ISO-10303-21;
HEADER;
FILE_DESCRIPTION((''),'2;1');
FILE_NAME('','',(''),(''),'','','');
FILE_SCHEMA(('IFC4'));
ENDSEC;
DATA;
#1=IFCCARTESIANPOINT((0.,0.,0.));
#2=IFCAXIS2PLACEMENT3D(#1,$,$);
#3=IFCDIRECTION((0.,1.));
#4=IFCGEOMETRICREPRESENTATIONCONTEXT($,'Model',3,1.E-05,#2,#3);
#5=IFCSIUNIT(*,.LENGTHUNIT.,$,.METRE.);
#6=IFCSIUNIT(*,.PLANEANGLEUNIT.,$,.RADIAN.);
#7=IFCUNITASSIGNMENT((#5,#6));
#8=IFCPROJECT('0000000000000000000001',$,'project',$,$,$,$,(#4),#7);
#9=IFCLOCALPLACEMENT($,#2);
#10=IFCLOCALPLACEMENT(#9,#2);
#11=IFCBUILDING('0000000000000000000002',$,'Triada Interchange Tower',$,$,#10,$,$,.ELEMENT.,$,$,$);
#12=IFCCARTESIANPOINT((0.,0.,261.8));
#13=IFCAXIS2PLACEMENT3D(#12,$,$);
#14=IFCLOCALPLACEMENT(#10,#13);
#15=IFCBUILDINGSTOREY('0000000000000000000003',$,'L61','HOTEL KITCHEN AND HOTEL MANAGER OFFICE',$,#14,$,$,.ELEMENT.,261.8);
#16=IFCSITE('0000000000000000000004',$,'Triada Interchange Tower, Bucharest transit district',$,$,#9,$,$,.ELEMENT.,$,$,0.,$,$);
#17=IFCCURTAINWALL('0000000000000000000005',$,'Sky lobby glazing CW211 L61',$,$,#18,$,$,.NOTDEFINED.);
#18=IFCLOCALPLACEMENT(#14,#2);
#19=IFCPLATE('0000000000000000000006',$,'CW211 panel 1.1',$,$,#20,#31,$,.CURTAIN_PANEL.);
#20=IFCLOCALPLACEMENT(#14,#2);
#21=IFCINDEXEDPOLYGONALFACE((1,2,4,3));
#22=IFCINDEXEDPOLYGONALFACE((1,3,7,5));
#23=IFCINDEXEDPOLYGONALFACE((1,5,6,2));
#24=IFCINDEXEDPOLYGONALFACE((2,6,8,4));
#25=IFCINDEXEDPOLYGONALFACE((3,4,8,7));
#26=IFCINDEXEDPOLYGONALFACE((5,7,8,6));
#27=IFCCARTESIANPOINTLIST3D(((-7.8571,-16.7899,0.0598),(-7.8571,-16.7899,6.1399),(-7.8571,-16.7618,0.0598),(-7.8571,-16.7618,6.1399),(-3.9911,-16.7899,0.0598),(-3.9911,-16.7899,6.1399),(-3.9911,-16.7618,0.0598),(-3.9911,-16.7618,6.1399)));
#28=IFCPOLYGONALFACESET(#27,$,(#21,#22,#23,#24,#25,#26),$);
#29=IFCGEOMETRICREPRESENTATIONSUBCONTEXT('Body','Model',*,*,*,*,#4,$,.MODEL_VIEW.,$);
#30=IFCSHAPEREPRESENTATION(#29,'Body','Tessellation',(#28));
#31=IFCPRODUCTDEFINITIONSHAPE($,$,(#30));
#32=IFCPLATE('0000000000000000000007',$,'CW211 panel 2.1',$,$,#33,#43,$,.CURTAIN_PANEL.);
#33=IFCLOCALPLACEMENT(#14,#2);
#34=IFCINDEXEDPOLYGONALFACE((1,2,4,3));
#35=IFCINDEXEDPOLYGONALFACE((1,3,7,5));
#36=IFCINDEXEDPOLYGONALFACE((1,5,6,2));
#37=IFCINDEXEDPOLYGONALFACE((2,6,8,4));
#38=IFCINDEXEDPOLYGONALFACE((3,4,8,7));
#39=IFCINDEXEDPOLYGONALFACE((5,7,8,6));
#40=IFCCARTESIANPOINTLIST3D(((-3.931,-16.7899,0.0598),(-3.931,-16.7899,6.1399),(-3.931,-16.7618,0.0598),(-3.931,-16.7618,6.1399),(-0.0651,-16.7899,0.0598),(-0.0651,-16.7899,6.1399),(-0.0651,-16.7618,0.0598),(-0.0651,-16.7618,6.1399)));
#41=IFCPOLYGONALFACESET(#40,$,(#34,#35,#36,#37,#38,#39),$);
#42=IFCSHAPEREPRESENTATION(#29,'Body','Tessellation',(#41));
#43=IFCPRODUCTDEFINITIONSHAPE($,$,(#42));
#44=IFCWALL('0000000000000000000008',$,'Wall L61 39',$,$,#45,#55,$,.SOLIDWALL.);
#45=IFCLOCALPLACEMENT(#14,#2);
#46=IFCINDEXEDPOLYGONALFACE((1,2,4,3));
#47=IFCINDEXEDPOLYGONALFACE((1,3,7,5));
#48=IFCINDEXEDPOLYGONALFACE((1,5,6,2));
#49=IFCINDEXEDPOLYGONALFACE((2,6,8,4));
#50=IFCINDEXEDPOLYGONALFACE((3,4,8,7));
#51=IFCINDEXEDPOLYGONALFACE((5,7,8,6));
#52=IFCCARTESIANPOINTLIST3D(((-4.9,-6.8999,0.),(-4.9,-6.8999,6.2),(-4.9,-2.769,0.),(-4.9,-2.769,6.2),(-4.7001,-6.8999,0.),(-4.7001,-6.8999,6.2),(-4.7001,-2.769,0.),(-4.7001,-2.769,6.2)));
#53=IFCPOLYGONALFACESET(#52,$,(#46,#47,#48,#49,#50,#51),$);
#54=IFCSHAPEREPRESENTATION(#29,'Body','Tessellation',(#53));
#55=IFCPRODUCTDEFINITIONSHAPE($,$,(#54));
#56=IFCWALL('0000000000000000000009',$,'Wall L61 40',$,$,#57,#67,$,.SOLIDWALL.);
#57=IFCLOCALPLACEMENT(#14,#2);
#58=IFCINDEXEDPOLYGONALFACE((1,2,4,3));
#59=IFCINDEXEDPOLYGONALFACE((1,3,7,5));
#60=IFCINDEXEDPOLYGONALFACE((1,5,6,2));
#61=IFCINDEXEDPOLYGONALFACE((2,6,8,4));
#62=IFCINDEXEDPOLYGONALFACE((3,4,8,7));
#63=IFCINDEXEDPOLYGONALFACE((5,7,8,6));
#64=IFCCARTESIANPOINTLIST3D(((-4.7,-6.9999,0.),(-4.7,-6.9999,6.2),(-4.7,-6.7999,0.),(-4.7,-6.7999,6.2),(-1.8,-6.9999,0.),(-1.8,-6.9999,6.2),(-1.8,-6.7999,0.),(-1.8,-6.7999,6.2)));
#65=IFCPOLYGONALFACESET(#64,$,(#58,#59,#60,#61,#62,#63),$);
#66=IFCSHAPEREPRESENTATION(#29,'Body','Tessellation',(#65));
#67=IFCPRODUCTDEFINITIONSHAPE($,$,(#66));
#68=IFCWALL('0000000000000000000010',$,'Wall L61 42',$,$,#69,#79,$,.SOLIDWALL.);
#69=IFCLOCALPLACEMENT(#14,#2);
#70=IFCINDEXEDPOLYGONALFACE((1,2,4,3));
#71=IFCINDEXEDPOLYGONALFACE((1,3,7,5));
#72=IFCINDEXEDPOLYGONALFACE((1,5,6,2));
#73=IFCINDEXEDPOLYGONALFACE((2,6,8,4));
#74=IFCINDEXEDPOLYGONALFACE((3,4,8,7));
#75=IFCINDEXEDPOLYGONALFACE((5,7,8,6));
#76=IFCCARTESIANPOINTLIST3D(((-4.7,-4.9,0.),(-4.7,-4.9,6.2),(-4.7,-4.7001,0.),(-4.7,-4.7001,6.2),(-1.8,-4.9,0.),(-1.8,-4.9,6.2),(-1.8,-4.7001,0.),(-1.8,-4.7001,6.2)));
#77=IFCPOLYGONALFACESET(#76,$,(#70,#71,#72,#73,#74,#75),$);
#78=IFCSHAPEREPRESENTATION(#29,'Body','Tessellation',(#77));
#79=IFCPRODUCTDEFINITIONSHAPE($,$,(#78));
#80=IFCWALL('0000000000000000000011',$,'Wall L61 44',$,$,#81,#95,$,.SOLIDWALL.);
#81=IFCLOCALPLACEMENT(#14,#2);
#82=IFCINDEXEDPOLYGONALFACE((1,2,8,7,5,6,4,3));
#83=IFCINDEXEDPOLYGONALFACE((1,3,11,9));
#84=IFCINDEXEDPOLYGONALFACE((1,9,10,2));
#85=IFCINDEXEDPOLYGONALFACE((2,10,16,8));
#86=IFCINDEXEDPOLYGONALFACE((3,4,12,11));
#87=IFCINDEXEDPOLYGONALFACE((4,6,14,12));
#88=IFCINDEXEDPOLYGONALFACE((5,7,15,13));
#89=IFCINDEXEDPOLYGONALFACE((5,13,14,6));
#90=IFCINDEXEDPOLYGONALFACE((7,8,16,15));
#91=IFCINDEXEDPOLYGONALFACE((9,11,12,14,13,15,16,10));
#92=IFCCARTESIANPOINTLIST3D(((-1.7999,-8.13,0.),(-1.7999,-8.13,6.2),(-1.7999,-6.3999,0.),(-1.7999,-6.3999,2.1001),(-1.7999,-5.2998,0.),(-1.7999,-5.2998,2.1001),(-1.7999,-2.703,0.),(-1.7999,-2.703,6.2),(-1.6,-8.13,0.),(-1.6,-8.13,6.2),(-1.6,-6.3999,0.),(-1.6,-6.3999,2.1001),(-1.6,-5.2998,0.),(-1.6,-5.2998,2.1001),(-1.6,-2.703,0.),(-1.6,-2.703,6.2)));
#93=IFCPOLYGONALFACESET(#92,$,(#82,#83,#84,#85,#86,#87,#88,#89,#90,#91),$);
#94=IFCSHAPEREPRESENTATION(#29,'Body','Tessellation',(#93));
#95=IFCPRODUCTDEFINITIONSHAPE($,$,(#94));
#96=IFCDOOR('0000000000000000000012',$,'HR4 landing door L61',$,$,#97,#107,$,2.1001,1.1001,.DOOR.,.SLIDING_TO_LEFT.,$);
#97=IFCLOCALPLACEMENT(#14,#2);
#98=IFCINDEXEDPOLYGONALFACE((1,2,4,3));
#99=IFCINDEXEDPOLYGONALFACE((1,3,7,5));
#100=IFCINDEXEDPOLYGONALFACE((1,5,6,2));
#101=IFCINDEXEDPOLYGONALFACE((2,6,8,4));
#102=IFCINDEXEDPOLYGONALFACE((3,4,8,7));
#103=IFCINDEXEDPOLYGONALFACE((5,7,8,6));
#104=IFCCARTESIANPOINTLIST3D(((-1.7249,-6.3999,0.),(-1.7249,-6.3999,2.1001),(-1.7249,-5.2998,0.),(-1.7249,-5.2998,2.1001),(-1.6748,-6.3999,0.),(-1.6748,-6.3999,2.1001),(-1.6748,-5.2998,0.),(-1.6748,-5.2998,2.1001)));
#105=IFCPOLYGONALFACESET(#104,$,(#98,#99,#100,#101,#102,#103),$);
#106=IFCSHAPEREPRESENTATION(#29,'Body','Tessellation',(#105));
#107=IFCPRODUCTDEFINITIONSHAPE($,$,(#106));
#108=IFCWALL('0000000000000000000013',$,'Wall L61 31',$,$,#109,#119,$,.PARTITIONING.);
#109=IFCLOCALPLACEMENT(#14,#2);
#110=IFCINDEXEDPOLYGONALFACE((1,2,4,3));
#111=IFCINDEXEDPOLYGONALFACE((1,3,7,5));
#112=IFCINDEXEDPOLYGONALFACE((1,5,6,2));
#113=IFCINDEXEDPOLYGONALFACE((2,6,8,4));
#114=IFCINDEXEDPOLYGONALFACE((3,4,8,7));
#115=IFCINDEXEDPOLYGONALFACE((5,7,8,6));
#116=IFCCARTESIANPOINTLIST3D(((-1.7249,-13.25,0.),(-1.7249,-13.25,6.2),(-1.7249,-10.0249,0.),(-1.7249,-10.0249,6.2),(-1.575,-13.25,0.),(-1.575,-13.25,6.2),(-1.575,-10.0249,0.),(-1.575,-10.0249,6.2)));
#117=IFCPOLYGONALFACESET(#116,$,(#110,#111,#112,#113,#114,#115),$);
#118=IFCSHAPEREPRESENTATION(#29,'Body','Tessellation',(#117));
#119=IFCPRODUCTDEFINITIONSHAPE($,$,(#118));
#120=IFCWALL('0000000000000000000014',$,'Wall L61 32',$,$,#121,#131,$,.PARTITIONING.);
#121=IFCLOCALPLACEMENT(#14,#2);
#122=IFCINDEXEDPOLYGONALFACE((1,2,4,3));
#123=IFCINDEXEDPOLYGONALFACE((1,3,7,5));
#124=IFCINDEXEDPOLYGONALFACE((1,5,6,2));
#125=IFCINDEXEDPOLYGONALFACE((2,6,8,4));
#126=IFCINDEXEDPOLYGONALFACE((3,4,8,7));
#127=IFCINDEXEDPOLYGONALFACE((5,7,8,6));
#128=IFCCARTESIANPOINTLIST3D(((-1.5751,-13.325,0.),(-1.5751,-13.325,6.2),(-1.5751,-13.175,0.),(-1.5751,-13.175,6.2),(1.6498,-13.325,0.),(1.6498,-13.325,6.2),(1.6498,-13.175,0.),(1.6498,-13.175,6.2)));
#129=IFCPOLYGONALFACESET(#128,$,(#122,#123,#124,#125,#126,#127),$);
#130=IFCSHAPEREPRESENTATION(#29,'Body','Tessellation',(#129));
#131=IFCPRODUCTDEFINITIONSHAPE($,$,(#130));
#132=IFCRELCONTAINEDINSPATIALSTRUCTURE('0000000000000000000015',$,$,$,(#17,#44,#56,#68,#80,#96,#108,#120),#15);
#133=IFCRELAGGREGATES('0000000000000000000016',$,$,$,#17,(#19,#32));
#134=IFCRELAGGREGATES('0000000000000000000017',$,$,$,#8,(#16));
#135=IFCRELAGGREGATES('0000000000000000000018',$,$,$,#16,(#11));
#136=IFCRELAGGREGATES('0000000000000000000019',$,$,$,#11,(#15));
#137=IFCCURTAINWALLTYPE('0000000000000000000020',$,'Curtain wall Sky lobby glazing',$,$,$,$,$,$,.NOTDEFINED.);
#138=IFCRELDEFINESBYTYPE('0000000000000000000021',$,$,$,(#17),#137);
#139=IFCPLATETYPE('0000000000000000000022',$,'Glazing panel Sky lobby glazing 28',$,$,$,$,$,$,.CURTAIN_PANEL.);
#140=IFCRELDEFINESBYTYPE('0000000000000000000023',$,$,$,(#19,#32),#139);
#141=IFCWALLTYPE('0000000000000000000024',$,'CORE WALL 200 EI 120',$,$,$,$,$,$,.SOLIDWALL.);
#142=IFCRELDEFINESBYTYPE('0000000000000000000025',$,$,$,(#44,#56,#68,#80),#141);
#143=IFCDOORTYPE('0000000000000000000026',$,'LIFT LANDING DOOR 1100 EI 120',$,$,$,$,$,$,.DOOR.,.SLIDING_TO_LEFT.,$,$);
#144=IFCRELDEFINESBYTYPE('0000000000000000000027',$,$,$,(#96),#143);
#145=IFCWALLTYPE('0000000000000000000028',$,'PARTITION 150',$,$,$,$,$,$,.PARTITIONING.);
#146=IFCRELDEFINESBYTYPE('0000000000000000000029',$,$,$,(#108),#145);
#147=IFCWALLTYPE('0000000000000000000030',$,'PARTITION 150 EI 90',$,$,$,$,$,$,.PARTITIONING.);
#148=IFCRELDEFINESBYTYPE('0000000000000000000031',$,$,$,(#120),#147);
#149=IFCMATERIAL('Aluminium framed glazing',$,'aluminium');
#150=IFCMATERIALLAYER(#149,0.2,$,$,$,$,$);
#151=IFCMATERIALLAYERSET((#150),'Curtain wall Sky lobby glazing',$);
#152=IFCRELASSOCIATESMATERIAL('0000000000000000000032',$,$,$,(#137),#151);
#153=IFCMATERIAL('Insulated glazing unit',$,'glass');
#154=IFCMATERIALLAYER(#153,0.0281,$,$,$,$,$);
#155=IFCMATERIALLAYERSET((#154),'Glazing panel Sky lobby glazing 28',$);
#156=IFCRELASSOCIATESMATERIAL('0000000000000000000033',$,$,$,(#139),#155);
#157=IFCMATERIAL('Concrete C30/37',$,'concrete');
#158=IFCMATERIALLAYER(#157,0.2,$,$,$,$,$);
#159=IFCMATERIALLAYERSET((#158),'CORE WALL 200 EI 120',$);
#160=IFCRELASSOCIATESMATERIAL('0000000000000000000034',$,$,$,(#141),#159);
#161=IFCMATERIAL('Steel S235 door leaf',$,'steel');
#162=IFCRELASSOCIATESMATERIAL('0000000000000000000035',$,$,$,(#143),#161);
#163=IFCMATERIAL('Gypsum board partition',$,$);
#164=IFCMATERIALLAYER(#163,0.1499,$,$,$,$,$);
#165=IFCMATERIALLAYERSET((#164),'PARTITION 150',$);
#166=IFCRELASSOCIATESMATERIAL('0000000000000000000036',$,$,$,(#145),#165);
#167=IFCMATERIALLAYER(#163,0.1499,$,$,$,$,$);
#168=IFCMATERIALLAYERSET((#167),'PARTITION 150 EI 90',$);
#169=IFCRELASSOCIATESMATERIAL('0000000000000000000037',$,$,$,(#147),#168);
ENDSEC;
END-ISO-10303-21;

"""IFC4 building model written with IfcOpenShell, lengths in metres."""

from ifc_helpers import new_model, si_unit, direction, frame, frame_2d, origin, origin_2d, place, context, subcontext, project, spatial, rectangle, extrude, material, layer, layer_set, type_object, element, fill, aggregate, save


model = new_model("IFC4")

# Units and contexts
model_context = context("Model", 3, precision=1e-05, world=origin(), true_north=direction((0.0, 1.0)))
body_context = subcontext(model_context, "Body", "Model", "MODEL_VIEW")
ifc_project = project(units=[si_unit("LENGTHUNIT", "METRE"), si_unit("PLANEANGLEUNIT", "RADIAN")], contexts=[model_context])

# Site, building, storey
site_placement = place(None, origin())
site = spatial("IfcSite", under=ifc_project, at=site_placement, Name="Triada Interchange Tower, Bucharest transit district", CompositionType="ELEMENT", RefElevation=0.0)
building_placement = place(site_placement, origin())
building = spatial("IfcBuilding", under=site, at=building_placement, Name="Triada Interchange Tower", CompositionType="ELEMENT")
storey_placement = place(building_placement, frame((0.0, 0.0, 261.8)))
storey = spatial("IfcBuildingStorey", under=building, at=storey_placement, Name="L61", Description="HOTEL KITCHEN AND HOTEL MANAGER OFFICE", CompositionType="ELEMENT", Elevation=261.8)

# Shared definitions
ifc_material_1 = material(Name="Aluminium framed glazing", Category="aluminium")
ifc_layer_1 = layer(ifc_material_1, 0.2)
ifc_layer_set_1 = layer_set([ifc_layer_1], Name="Curtain wall Sky lobby glazing")
curtain_wall_type = type_object("IfcCurtainWallType", Name="Curtain wall Sky lobby glazing", PredefinedType="NOTDEFINED", material=ifc_layer_set_1)

# Curtain wall
curtain_wall_1_placement = place(storey_placement, origin())
curtain_wall_1 = element("IfcCurtainWall", 1, at=curtain_wall_1_placement, inside=storey, type_object=curtain_wall_type, Name="Sky lobby glazing CW211 L61", PredefinedType="NOTDEFINED")

# Plates
ifc_material_2 = material(Name="Insulated glazing unit", Category="glass")
ifc_layer_2 = layer(ifc_material_2, 0.0281)
ifc_layer_set_2 = layer_set([ifc_layer_2], Name="Glazing panel Sky lobby glazing 28")
plate_type = type_object("IfcPlateType", Name="Glazing panel Sky lobby glazing 28", PredefinedType="CURTAIN_PANEL", material=ifc_layer_set_2)
plate_1_placement = place(storey_placement, frame((-5.9241, -16.7759, 0.0598), z_axis=(0.0, 0.0, 1.0), x_axis=(1.0, 0.0, 0.0)))
plate_1 = element("IfcPlate", 2, at=plate_1_placement, type_object=plate_type, Name="CW211 panel 1.1", PredefinedType="CURTAIN_PANEL", context=body_context, shape_type="SweptSolid", body=[
    extrude(rectangle(XDim=3.866, YDim=0.0281, at=origin_2d()), origin(), (0.0, 0.0, 1.0), 6.0801),
])
plate_2_placement = place(storey_placement, frame((-1.998, -16.7759, 0.0598), z_axis=(0.0, 0.0, 1.0), x_axis=(1.0, 0.0, 0.0)))
plate_2 = element("IfcPlate", 3, at=plate_2_placement, type_object=plate_type, Name="CW211 panel 2.1", PredefinedType="CURTAIN_PANEL", context=body_context, shape_type="SweptSolid", body=[
    extrude(rectangle(XDim=3.866, YDim=0.0281, at=origin_2d()), origin(), (0.0, 0.0, 1.0), 6.0801),
])
aggregate(curtain_wall_1, [plate_1, plate_2])

# Walls
ifc_material_3 = material(Name="Concrete C30/37", Category="concrete")
ifc_layer_3 = layer(ifc_material_3, 0.2)
ifc_layer_set_3 = layer_set([ifc_layer_3], Name="CORE WALL 200 EI 120")
wall_type_1 = type_object("IfcWallType", Name="CORE WALL 200 EI 120", PredefinedType="SOLIDWALL", material=ifc_layer_set_3)
wall_1_placement = place(storey_placement, frame((-4.8, -6.8999, 0.0), z_axis=(0.0, 0.0, 1.0), x_axis=(0.0, 1.0, 0.0)))
element("IfcWall", 4, at=wall_1_placement, inside=storey, type_object=wall_type_1, Name="Wall L61 39", PredefinedType="SOLIDWALL", context=body_context, shape_type="SweptSolid", body=[
    extrude(rectangle(XDim=4.1309, YDim=0.2, at=frame_2d((2.0654, 0.0))), origin(), (0.0, 0.0, 1.0), 6.2),
])
for number, where, z_axis, x_axis, name in (
    (5, (-4.7, -6.8999, 0.0), (0.0, 0.0, 1.0), (1.0, 0.0, 0.0), "Wall L61 40"),
    (6, (-4.7, -4.8, 0.0), (0.0, 0.0, 1.0), (1.0, 0.0, 0.0), "Wall L61 42"),
):
    element("IfcWall", number, at=place(storey_placement, frame(where, z_axis=z_axis, x_axis=x_axis)), inside=storey, type_object=wall_type_1, Name=name, PredefinedType="SOLIDWALL", context=body_context, shape_type="SweptSolid", body=[
        extrude(rectangle(XDim=2.8999, YDim=0.2, at=frame_2d((1.45, 0.0))), origin(), (0.0, 0.0, 1.0), 6.2),
    ])

# Wall, opening, door
wall_2_placement = place(storey_placement, frame((-1.7, -8.1299, 0.0), z_axis=(0.0, 0.0, 1.0), x_axis=(0.0, 1.0, 0.0)))
wall_2 = element("IfcWall", 7, at=wall_2_placement, inside=storey, type_object=wall_type_1, Name="Wall L61 44", PredefinedType="SOLIDWALL", context=body_context, shape_type="SweptSolid", body=[
    extrude(rectangle(XDim=5.427, YDim=0.2, at=frame_2d((2.7134, 0.0))), origin(), (0.0, 0.0, 1.0), 6.2),
])
opening_placement = place(wall_2_placement, frame((1.73, 0.0, 0.0)))
opening = element("IfcOpeningElement", 8, at=opening_placement, cuts=wall_2, PredefinedType="OPENING", context=body_context, shape_type="SweptSolid", body=[
    extrude(rectangle(XDim=1.1001, YDim=2.1001, at=frame_2d((0.55, 1.05))), frame((0.0, 0.1099, 0.0), z_axis=(0.0, -1.0, 0.0), x_axis=(1.0, 0.0, 0.0)), (0.0, 0.0, 1.0), 0.22),
])
ifc_material_4 = material(Name="Steel S235 door leaf", Category="steel")
door_type = type_object("IfcDoorType", Name="LIFT LANDING DOOR 1100 EI 120", OperationType="SLIDING_TO_LEFT", PredefinedType="DOOR", material=ifc_material_4)
door_placement = place(opening_placement, origin())
door = element("IfcDoor", 9, at=door_placement, inside=storey, type_object=door_type, Name="HR4 landing door L61", OperationType="SLIDING_TO_LEFT", OverallHeight=2.1001, OverallWidth=1.1001, PredefinedType="DOOR", context=body_context, shape_type="SweptSolid", body=[
    extrude(rectangle(XDim=1.1001, YDim=2.1001, at=frame_2d((0.55, 1.05))), frame((0.0, 0.0249, 0.0), z_axis=(0.0, -1.0, 0.0), x_axis=(1.0, 0.0, 0.0)), (0.0, 0.0, 1.0), 0.05),
])
fill(opening, door)

# Walls
ifc_material_5 = material(Name="Gypsum board partition")
ifc_layer_4 = layer(ifc_material_5, 0.1499)
ifc_layer_set_4 = layer_set([ifc_layer_4], Name="PARTITION 150")
wall_type_2 = type_object("IfcWallType", Name="PARTITION 150", PredefinedType="PARTITIONING", material=ifc_layer_set_4)
wall_3_placement = place(storey_placement, frame((-1.6499, -13.25, 0.0), z_axis=(0.0, 0.0, 1.0), x_axis=(0.0, 1.0, 0.0)))
element("IfcWall", 10, at=wall_3_placement, inside=storey, type_object=wall_type_2, Name="Wall L61 31", PredefinedType="PARTITIONING", context=body_context, shape_type="SweptSolid", body=[
    extrude(rectangle(XDim=3.2251, YDim=0.1499, at=frame_2d((1.6125, 0.0))), origin(), (0.0, 0.0, 1.0), 6.2),
])
ifc_layer_5 = layer(ifc_material_5, 0.1499)
ifc_layer_set_5 = layer_set([ifc_layer_5], Name="PARTITION 150 EI 90")
wall_type_3 = type_object("IfcWallType", Name="PARTITION 150 EI 90", PredefinedType="PARTITIONING", material=ifc_layer_set_5)
wall_4_placement = place(storey_placement, frame((-1.575, -13.25, 0.0), z_axis=(0.0, 0.0, 1.0), x_axis=(1.0, 0.0, 0.0)))
element("IfcWall", 11, at=wall_4_placement, inside=storey, type_object=wall_type_3, Name="Wall L61 32", PredefinedType="PARTITIONING", context=body_context, shape_type="SweptSolid", body=[
    extrude(rectangle(XDim=3.2249, YDim=0.1499, at=frame_2d((1.6123, 0.0))), origin(), (0.0, 0.0, 1.0), 6.2),
])

save(model, "model.ifc")
